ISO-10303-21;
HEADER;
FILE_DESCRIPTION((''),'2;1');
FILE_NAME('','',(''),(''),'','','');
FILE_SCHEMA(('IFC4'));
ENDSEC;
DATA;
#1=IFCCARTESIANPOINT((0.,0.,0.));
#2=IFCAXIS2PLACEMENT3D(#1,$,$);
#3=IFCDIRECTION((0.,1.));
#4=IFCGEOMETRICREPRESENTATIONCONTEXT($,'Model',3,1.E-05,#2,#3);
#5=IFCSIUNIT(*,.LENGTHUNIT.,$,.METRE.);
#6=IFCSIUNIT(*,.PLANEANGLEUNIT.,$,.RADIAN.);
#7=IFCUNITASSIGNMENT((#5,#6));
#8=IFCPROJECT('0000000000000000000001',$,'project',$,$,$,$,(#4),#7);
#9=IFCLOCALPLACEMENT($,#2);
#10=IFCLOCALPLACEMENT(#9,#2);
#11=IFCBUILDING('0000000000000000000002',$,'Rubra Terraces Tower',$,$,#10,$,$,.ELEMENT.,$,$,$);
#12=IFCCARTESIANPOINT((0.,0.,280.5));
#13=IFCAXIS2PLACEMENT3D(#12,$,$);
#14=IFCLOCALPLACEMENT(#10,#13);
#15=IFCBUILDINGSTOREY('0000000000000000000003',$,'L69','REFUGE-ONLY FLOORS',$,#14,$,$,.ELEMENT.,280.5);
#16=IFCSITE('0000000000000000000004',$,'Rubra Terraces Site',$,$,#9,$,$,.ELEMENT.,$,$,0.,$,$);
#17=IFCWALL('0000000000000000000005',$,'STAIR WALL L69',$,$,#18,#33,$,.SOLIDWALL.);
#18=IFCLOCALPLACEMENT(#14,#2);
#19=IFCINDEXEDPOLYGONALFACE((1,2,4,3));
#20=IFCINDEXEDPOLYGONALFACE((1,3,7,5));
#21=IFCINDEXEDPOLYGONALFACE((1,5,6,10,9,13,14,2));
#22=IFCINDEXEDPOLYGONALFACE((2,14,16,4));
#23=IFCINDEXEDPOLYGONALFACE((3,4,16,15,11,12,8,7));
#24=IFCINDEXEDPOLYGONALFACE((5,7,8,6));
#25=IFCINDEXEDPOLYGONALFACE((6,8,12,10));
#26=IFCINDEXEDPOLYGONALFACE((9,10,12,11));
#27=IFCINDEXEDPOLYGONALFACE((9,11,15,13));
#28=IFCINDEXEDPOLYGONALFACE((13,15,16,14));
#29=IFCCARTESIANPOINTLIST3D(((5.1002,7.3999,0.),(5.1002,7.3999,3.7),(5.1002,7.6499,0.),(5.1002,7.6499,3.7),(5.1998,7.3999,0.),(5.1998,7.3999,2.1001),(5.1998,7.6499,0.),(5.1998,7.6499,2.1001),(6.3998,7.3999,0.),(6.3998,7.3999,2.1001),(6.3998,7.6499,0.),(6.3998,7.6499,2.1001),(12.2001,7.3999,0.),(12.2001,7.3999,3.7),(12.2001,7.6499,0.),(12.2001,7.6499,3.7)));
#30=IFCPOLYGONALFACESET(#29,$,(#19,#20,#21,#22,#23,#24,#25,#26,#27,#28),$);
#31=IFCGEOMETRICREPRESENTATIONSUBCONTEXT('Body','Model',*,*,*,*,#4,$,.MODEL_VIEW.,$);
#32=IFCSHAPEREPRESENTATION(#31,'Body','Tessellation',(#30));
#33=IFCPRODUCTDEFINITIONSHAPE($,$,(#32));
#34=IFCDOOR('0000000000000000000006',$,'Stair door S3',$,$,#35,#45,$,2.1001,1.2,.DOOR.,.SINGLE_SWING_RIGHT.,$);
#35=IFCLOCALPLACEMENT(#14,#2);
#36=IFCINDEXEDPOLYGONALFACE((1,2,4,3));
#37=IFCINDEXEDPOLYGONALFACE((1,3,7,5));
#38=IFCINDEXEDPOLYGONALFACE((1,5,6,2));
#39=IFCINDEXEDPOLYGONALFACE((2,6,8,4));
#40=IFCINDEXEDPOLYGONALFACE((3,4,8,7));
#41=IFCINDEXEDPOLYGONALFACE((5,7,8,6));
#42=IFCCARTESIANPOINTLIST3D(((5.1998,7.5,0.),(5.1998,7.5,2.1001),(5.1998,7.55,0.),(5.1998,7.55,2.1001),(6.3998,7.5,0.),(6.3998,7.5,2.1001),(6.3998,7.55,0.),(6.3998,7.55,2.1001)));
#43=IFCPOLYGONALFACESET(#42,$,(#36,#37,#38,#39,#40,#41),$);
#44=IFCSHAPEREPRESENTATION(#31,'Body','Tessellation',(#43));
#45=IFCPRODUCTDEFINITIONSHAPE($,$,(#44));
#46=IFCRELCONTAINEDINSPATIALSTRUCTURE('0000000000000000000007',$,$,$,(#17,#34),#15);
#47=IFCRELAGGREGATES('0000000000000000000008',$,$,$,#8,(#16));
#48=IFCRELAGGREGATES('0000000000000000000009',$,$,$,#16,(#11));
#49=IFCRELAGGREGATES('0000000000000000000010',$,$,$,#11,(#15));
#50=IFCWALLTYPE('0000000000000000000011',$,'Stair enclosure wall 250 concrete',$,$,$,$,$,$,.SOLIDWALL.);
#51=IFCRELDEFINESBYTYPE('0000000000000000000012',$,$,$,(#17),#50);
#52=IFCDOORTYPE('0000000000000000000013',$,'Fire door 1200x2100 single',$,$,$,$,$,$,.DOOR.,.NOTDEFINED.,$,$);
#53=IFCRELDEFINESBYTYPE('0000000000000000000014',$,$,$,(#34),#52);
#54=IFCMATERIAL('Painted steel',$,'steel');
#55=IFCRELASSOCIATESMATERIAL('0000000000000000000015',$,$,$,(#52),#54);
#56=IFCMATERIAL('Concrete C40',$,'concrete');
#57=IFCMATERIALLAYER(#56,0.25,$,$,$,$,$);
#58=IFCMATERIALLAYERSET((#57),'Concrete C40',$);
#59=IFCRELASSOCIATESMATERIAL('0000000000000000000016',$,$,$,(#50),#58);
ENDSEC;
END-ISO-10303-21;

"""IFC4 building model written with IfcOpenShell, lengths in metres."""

from ifc_helpers import new_model, si_unit, direction, frame, frame_2d, origin, place, context, subcontext, project, spatial, rectangle, extrude, material, layer, layer_set, type_object, element, fill, save


model = new_model("IFC4")

# Units and contexts
model_context = context("Model", 3, precision=1e-05, world=origin(), true_north=direction((0.0, 1.0)))
body_context = subcontext(model_context, "Body", "Model", "MODEL_VIEW")
ifc_project = project(units=[si_unit("LENGTHUNIT", "METRE"), si_unit("PLANEANGLEUNIT", "RADIAN")], contexts=[model_context])

# Site, building, storey
site_placement = place(None, origin())
site = spatial("IfcSite", under=ifc_project, at=site_placement, Name="Rubra Terraces Site", CompositionType="ELEMENT", RefElevation=0.0)
building_placement = place(site_placement, origin())
building = spatial("IfcBuilding", under=site, at=building_placement, Name="Rubra Terraces Tower", CompositionType="ELEMENT")
storey_placement = place(building_placement, frame((0.0, 0.0, 280.5)))
storey = spatial("IfcBuildingStorey", under=building, at=storey_placement, Name="L69", Description="REFUGE-ONLY FLOORS", CompositionType="ELEMENT", Elevation=280.5)

# Shared definitions
ifc_material_1 = material(Name="Concrete C40", Category="concrete")

# Shared definitions
ifc_material_2 = material(Name="Painted steel", Category="steel")
door_type_1 = type_object("IfcDoorType", Name="Fire door 1200x2100 single", OperationType="NOTDEFINED", PredefinedType="DOOR", material=ifc_material_2)

# Wall, opening, door
ifc_layer_1 = layer(ifc_material_1, 0.25)
ifc_layer_set_1 = layer_set([ifc_layer_1], Name="Concrete C40")
wall_type_1 = type_object("IfcWallType", Name="Stair enclosure wall 250 concrete", PredefinedType="SOLIDWALL", material=ifc_layer_set_1)
wall_1_placement = place(storey_placement, frame((12.2, 7.5249, 0.0), z_axis=(0.0, 0.0, 1.0), x_axis=(-1.0, 0.0, 0.0)))
wall_1 = element("IfcWall", 1, at=wall_1_placement, inside=storey, type_object=wall_type_1, Name="STAIR WALL L69", PredefinedType="SOLIDWALL", context=body_context, shape_type="SweptSolid", body=[
    extrude(rectangle(XDim=7.0999, YDim=0.25, at=frame_2d((3.5498, 0.0))), origin(), (0.0, 0.0, 1.0), 3.7),
])
opening_1_placement = place(wall_1_placement, frame((5.8, 0.0, 0.0)))
opening_1 = element("IfcOpeningElement", 2, at=opening_1_placement, cuts=wall_1, PredefinedType="OPENING", context=body_context, shape_type="SweptSolid", body=[
    extrude(rectangle(XDim=1.2, YDim=2.1001, at=frame_2d((0.6001, 1.05))), frame((0.0, 0.135, 0.0), z_axis=(0.0, -1.0, 0.0), x_axis=(1.0, 0.0, 0.0)), (0.0, 0.0, 1.0), 0.27),
])
door_1_placement = place(opening_1_placement, origin())
door_1 = element("IfcDoor", 3, at=door_1_placement, inside=storey, type_object=door_type_1, Name="Stair door S3", OperationType="SINGLE_SWING_RIGHT", OverallHeight=2.1001, OverallWidth=1.2, PredefinedType="DOOR", context=body_context, shape_type="SweptSolid", body=[
    extrude(rectangle(XDim=1.2, YDim=2.1001, at=frame_2d((0.6001, 1.05))), frame((0.0, 0.0249, 0.0), z_axis=(0.0, -1.0, 0.0), x_axis=(1.0, 0.0, 0.0)), (0.0, 0.0, 1.0), 0.05),
])
fill(opening_1, door_1)

save(model, "model.ifc")
